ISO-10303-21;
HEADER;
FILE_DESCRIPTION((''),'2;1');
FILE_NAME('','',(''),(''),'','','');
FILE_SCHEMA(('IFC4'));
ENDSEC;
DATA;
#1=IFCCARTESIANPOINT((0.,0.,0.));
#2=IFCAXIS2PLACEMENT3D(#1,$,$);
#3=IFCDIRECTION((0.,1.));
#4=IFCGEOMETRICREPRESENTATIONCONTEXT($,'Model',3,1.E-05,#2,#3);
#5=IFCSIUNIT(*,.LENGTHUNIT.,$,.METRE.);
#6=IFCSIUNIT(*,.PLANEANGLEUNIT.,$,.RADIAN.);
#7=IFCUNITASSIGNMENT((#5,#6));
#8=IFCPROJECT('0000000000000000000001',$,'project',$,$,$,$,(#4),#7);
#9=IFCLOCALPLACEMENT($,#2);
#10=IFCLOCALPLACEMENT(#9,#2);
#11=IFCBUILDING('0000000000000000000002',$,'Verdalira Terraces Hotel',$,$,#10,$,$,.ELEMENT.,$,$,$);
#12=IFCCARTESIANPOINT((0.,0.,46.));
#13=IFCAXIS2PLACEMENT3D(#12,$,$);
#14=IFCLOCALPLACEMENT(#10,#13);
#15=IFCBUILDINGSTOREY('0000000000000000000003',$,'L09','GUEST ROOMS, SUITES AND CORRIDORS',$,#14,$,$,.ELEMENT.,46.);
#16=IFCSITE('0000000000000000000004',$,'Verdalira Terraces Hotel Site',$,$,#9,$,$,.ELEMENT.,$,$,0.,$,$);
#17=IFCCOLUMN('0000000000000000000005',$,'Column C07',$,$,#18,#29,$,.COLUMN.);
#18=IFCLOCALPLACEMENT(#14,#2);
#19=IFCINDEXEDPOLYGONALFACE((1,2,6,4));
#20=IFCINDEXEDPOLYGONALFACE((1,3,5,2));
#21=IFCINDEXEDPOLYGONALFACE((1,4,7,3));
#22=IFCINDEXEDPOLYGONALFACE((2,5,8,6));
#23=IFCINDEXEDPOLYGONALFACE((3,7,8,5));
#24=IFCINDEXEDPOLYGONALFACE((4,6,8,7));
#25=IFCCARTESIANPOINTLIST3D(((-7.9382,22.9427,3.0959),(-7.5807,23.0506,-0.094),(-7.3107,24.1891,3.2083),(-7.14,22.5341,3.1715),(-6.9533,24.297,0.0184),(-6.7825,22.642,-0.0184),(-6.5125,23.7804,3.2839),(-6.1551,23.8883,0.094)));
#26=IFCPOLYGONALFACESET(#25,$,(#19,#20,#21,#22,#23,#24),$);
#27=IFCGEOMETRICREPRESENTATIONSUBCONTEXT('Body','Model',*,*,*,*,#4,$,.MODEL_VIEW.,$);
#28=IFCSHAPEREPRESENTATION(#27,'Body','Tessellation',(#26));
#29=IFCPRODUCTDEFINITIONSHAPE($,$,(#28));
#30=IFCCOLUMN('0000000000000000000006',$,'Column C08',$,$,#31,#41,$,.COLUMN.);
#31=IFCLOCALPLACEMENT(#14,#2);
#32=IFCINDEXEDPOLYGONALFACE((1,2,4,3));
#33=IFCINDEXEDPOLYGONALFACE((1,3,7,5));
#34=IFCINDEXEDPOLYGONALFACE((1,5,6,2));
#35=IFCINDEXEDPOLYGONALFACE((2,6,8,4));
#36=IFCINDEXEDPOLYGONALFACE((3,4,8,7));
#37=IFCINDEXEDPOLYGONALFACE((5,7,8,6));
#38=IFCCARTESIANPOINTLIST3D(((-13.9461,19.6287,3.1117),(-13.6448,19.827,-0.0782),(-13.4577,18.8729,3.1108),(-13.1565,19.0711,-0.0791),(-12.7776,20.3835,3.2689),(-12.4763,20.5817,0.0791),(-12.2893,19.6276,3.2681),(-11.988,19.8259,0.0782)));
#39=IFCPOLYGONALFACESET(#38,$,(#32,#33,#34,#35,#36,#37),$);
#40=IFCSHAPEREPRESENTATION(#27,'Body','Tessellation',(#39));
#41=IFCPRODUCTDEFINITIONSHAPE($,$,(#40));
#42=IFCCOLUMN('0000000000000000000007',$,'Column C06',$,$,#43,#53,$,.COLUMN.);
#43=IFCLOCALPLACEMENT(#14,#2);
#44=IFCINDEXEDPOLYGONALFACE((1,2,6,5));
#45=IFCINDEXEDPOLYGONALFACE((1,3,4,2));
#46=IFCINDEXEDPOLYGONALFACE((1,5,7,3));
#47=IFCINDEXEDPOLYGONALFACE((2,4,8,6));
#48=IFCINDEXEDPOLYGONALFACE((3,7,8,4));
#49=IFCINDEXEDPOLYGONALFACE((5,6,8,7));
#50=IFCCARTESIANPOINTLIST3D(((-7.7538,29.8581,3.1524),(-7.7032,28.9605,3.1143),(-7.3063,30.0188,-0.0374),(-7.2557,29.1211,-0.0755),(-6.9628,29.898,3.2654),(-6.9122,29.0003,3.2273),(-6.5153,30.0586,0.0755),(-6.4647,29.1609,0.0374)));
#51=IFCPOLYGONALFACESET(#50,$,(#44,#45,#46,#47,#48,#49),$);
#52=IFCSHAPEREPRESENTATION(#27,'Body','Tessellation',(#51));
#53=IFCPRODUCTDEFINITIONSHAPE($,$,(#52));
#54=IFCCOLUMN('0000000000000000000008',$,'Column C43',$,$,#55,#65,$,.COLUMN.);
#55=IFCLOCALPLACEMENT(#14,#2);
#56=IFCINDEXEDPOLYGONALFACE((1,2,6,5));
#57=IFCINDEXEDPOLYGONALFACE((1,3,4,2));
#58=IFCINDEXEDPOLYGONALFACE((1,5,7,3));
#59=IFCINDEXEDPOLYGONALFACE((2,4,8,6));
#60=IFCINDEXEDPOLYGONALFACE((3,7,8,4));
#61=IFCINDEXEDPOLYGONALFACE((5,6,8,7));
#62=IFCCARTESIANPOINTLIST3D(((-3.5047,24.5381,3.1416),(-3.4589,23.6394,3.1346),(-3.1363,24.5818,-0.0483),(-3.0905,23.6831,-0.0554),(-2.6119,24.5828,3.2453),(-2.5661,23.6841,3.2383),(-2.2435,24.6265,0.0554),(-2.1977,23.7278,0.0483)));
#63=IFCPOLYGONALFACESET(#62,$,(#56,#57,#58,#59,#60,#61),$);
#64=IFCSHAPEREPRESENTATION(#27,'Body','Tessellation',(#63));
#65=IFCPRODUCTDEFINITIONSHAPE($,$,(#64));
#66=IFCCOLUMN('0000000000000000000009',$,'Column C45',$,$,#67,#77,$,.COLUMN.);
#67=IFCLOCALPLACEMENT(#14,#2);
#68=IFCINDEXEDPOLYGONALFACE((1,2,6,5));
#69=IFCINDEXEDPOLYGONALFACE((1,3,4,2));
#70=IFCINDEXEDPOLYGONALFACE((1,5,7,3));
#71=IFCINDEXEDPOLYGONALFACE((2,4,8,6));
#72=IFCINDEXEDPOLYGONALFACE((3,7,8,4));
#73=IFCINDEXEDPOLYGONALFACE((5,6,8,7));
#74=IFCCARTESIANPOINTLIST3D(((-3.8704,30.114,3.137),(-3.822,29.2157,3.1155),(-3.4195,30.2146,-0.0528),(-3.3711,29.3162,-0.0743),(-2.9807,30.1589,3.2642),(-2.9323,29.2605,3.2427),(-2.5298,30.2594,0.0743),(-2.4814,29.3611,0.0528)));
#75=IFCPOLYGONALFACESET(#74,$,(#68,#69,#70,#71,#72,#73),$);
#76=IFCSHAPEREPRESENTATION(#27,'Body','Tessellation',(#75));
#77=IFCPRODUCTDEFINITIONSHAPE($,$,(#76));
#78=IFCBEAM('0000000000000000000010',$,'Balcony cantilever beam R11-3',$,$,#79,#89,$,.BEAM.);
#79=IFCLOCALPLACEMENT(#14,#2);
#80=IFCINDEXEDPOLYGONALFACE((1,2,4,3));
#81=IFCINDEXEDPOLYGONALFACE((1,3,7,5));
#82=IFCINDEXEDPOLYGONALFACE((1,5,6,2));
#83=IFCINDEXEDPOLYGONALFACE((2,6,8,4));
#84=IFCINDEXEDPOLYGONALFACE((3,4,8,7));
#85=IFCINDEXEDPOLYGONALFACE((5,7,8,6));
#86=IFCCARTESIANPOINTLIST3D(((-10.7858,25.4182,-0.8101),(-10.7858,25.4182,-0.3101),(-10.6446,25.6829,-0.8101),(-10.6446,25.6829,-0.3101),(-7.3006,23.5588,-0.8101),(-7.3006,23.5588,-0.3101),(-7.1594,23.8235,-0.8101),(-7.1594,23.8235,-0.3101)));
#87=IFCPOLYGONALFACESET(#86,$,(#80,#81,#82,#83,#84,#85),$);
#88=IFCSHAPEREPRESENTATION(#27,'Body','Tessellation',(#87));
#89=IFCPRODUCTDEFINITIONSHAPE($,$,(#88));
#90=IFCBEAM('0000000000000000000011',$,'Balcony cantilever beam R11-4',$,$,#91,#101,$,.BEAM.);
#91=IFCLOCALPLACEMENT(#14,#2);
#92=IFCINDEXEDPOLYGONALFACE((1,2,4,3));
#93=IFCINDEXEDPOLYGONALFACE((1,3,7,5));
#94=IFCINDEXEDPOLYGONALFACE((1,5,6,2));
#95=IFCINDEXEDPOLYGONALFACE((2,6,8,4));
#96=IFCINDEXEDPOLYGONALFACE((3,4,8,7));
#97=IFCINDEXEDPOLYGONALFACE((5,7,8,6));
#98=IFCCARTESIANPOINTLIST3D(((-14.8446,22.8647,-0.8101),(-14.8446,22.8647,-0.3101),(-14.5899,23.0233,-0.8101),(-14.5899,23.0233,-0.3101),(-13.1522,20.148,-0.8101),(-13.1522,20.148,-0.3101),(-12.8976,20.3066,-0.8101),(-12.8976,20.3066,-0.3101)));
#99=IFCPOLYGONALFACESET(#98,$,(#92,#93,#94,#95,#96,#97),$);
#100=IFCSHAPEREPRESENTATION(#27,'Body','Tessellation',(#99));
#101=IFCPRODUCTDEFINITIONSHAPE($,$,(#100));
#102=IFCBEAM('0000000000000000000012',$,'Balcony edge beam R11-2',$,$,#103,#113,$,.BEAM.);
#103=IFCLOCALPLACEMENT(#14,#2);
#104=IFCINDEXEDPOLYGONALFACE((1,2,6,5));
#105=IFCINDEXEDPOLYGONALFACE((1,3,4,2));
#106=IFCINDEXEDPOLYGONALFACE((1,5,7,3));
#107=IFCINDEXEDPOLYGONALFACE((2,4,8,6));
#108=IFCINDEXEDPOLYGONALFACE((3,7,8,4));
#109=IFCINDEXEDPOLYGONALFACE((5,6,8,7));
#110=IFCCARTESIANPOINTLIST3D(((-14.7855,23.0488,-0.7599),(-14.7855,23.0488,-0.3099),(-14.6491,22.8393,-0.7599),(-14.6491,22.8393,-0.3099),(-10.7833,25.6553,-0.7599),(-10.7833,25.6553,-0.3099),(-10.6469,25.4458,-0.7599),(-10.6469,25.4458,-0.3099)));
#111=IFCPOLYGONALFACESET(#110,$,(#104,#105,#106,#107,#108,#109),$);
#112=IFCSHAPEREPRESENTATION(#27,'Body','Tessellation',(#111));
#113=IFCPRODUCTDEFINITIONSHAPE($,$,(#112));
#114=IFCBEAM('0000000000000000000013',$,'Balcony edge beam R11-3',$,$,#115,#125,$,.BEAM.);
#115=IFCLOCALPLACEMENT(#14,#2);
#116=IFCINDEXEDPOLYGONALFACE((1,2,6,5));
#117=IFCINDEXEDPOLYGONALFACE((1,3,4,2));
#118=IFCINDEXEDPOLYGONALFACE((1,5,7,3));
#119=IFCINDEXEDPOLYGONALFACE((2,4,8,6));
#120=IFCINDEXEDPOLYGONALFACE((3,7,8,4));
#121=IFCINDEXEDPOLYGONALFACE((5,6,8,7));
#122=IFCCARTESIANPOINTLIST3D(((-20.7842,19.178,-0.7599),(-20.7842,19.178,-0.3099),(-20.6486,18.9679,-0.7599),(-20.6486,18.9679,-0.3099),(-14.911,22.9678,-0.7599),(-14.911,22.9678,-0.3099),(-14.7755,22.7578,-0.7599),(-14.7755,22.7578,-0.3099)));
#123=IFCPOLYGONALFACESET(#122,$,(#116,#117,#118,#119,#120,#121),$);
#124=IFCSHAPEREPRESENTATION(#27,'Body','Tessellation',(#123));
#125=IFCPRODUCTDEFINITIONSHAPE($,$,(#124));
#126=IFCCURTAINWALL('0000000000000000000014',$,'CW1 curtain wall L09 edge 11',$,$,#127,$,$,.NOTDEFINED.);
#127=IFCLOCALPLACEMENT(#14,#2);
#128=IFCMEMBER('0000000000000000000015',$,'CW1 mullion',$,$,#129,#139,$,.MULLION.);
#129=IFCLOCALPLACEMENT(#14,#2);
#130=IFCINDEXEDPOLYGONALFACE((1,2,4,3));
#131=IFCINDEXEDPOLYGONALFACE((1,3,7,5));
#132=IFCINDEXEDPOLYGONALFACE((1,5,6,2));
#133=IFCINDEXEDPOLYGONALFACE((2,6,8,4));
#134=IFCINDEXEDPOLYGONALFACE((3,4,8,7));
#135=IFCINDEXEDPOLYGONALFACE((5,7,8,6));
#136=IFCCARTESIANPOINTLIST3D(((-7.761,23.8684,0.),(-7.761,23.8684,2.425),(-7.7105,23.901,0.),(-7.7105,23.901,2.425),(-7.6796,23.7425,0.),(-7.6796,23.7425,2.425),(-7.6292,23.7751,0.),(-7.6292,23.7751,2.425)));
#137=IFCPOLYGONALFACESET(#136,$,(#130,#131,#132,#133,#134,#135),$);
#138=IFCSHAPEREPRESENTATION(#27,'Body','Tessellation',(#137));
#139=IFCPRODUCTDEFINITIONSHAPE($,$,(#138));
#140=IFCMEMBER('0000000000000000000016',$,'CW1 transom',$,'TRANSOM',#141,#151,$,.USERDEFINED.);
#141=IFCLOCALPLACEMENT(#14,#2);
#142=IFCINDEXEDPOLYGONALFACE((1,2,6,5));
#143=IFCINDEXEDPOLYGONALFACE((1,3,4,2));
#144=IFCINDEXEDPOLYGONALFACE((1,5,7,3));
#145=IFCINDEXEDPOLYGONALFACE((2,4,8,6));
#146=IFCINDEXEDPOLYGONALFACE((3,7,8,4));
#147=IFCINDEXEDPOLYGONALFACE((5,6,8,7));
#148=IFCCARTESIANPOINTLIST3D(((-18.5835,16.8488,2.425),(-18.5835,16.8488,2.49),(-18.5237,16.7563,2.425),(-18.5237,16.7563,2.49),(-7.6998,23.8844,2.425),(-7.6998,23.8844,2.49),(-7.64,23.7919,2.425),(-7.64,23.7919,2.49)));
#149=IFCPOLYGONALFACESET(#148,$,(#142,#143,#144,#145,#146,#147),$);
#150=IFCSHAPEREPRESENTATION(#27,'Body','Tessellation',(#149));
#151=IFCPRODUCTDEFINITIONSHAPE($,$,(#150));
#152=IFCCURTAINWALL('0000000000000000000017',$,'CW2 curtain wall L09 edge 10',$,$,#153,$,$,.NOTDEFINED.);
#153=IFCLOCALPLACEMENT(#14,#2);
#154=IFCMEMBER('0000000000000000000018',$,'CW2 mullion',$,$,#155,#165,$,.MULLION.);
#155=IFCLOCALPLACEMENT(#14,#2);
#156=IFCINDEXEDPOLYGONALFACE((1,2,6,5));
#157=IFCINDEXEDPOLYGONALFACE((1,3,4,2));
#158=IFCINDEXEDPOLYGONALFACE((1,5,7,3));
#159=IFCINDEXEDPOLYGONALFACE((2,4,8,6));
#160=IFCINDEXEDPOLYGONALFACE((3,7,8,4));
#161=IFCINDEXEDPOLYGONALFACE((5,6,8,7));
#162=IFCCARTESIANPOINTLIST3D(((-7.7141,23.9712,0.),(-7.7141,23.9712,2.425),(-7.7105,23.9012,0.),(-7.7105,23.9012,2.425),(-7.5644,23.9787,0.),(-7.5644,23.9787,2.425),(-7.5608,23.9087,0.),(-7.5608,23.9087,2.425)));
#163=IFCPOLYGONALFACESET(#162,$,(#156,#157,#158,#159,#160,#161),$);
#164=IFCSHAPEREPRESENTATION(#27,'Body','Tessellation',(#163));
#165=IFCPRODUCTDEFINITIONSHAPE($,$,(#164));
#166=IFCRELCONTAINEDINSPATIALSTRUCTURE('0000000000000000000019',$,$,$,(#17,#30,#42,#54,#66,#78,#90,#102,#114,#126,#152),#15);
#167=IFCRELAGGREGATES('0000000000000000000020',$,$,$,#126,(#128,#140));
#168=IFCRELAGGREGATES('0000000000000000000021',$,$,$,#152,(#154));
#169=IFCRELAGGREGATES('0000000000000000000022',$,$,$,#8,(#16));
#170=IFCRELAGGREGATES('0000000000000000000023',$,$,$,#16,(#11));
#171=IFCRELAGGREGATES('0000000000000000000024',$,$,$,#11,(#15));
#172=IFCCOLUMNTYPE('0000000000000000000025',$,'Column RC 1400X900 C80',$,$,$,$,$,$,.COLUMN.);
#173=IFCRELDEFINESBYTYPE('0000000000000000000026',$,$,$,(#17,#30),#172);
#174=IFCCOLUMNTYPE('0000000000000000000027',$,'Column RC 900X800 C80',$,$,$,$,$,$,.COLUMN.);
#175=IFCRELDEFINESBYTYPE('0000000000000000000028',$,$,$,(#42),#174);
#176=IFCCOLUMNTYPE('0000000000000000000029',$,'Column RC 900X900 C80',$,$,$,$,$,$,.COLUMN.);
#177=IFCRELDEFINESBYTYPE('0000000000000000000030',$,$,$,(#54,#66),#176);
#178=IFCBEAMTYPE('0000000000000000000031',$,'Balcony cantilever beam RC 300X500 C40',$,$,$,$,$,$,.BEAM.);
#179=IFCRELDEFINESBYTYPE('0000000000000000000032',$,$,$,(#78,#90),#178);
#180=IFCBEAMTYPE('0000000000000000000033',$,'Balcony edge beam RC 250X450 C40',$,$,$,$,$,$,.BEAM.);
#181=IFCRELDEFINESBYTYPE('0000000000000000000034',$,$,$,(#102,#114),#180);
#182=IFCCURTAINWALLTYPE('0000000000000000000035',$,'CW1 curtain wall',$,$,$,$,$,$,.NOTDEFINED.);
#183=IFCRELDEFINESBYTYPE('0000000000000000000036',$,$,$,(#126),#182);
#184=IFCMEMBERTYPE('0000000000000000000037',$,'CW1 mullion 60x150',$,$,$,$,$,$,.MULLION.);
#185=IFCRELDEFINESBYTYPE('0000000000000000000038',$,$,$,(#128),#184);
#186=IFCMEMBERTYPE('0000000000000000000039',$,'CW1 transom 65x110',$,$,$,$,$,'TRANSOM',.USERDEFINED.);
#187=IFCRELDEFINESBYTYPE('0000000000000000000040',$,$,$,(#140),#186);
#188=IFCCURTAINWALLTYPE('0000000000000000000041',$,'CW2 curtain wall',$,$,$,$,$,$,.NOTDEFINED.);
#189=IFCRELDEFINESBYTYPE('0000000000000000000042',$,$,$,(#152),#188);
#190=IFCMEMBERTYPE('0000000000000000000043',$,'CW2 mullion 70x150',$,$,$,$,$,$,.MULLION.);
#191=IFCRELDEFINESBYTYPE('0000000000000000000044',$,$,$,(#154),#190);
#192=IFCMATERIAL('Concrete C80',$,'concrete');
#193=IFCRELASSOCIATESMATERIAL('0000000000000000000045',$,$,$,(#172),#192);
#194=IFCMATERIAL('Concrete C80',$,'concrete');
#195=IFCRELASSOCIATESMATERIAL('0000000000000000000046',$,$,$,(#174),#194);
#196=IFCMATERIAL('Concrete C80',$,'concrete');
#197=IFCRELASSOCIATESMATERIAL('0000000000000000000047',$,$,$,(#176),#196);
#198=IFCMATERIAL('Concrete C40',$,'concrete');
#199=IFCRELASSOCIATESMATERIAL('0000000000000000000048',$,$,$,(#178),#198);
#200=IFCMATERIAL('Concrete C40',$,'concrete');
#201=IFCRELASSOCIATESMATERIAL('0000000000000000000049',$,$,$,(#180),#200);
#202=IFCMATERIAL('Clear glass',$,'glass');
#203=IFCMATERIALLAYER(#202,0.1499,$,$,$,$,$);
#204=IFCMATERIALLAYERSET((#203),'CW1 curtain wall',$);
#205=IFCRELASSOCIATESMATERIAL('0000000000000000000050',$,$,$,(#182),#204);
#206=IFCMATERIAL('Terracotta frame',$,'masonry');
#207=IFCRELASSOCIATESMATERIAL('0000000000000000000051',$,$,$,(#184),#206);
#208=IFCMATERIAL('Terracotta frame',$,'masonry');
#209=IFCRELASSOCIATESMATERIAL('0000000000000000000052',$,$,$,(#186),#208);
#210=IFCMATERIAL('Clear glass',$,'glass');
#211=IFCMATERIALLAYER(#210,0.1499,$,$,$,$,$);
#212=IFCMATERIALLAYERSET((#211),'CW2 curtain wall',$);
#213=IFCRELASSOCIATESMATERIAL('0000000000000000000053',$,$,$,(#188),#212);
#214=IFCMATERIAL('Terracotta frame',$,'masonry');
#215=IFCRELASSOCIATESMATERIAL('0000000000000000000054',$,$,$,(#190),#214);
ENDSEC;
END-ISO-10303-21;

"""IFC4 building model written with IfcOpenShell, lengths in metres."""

from ifc_helpers import new_model, si_unit, direction, frame, origin, origin_2d, place, context, subcontext, project, spatial, rectangle, extrude, material, layer, layer_set, material_profile, profile_set, type_object, element, aggregate, save


model = new_model("IFC4")

# Units and contexts
model_context = context("Model", 3, precision=1e-05, world=origin(), true_north=direction((0.0, 1.0)))
body_context = subcontext(model_context, "Body", "Model", "MODEL_VIEW")
ifc_project = project(units=[si_unit("LENGTHUNIT", "METRE"), si_unit("PLANEANGLEUNIT", "RADIAN")], contexts=[model_context])

# Site, building, storey
site_placement = place(None, origin())
site = spatial("IfcSite", under=ifc_project, at=site_placement, Name="Verdalira Terraces Hotel Site", CompositionType="ELEMENT", RefElevation=0.0)
building_placement = place(site_placement, origin())
building = spatial("IfcBuilding", under=site, at=building_placement, Name="Verdalira Terraces Hotel", CompositionType="ELEMENT")
storey_placement = place(building_placement, frame((0.0, 0.0, 46.0)))
storey = spatial("IfcBuildingStorey", under=building, at=storey_placement, Name="L09", Description="GUEST ROOMS, SUITES AND CORRIDORS", CompositionType="ELEMENT", Elevation=46.0)

# Columns
ifc_material_1 = material(Name="Concrete C80", Category="concrete")
ifc_material_profile_1 = material_profile(ifc_material_1, rectangle(XDim=1.3999, YDim=0.8999, at=origin_2d()), Name="RC 1400X900")
ifc_profile_set_1 = profile_set([ifc_material_profile_1], Name="Concrete C80")
column_type_1 = type_object("IfcColumnType", Name="Column RC 1400X900 C80", PredefinedType="COLUMN", material=ifc_profile_set_1)
column_1_placement = place(storey_placement, frame((-6.8679, 23.4695, 0.0), z_axis=(-0.111287, -0.033599, 0.99322), x_axis=(0.448207, 0.890312, 0.080338)))
element("IfcColumn", 1, at=column_1_placement, inside=storey, type_object=column_type_1, Name="Column C07", PredefinedType="COLUMN", context=body_context, shape_type="SweptSolid", body=[
    extrude(rectangle(XDim=1.3999, YDim=0.8999, at=origin_2d()), origin(), (0.0, 0.0, 1.0), 3.2117),
])
column_2_placement = place(storey_placement, frame((-12.8164, 19.8264, 0.0), z_axis=(-0.093846, -0.061753, 0.99367), x_axis=(-0.834685, -0.539149, -0.112337)))
element("IfcColumn", 2, at=column_2_placement, inside=storey, type_object=column_type_1, Name="Column C08", PredefinedType="COLUMN", context=body_context, shape_type="SweptSolid", body=[
    extrude(rectangle(XDim=1.3999, YDim=0.8999, at=origin_2d()), origin(), (0.0, 0.0, 1.0), 3.2102),
])
ifc_material_2 = material(Name="Concrete C80", Category="concrete")
ifc_material_profile_2 = material_profile(ifc_material_2, rectangle(XDim=0.8999, YDim=0.8, at=origin_2d()), Name="RC 900X800")
ifc_profile_set_2 = profile_set([ifc_material_profile_2], Name="Concrete C80")
column_type_2 = type_object("IfcColumnType", Name="Column RC 900X800 C80", PredefinedType="COLUMN", material=ifc_profile_set_2)
column_3_placement = place(storey_placement, frame((-6.8855, 29.5898, 0.0), z_axis=(-0.138755, -0.049809, 0.989073), x_axis=(0.056277, -0.997517, -0.04234)))
element("IfcColumn", 3, at=column_3_placement, inside=storey, type_object=column_type_2, Name="Column C06", PredefinedType="COLUMN", context=body_context, shape_type="SweptSolid", body=[
    extrude(rectangle(XDim=0.8999, YDim=0.8, at=origin_2d()), origin(), (0.0, 0.0, 1.0), 3.2251),
])
ifc_material_3 = material(Name="Concrete C80", Category="concrete")
ifc_material_profile_3 = material_profile(ifc_material_3, rectangle(XDim=0.8999, YDim=0.8999, at=origin_2d()), Name="RC 900X900")
ifc_profile_set_3 = profile_set([ifc_material_profile_3], Name="Concrete C80")
column_type_3 = type_object("IfcColumnType", Name="Column RC 900X900 C80", PredefinedType="COLUMN", material=ifc_profile_set_3)
column_4_placement = place(storey_placement, frame((-2.667, 24.1548, 0.0), z_axis=(-0.114717, -0.013608, 0.993305), x_axis=(-0.050873, 0.998675, 0.007806)))
element("IfcColumn", 4, at=column_4_placement, inside=storey, type_object=column_type_3, Name="Column C43", PredefinedType="COLUMN", context=body_context, shape_type="SweptSolid", body=[
    extrude(rectangle(XDim=0.8999, YDim=0.8999, at=origin_2d()), origin(), (0.0, 0.0, 1.0), 3.2114),
])
column_5_placement = place(storey_placement, frame((-2.9504, 29.7878, 0.0), z_axis=(-0.1399, -0.031207, 0.989674), x_axis=(-0.053752, 0.998269, 0.023879)))
element("IfcColumn", 5, at=column_5_placement, inside=storey, type_object=column_type_3, Name="Column C45", PredefinedType="COLUMN", context=body_context, shape_type="SweptSolid", body=[
    extrude(rectangle(XDim=0.8999, YDim=0.8999, at=origin_2d()), origin(), (0.0, 0.0, 1.0), 3.2231),
])

# Beams
ifc_material_4 = material(Name="Concrete C40", Category="concrete")
ifc_material_profile_4 = material_profile(ifc_material_4, rectangle(XDim=0.3, YDim=0.5, at=origin_2d()), Name="RC 300X500")
ifc_profile_set_4 = profile_set([ifc_material_profile_4], Name="Concrete C40")
beam_type_1 = type_object("IfcBeamType", Name="Balcony cantilever beam RC 300X500 C40", PredefinedType="BEAM", material=ifc_profile_set_4)
beam_1_placement = place(storey_placement, frame((-7.23, 23.6912, -0.5601), z_axis=(-0.882284, 0.470717, 0.0), x_axis=(-0.470717, -0.882284, 0.0)))
element("IfcBeam", 6, at=beam_1_placement, inside=storey, type_object=beam_type_1, Name="Balcony cantilever beam R11-3", PredefinedType="BEAM", context=body_context, shape_type="SweptSolid", body=[
    extrude(rectangle(XDim=0.3, YDim=0.5, at=origin_2d()), origin(), (0.0, 0.0, 1.0), 3.9502),
])
beam_2_placement = place(storey_placement, frame((-13.0249, 20.2273, -0.5601), z_axis=(-0.528737, 0.848786, 0.0), x_axis=(-0.848786, -0.528737, 0.0)))
element("IfcBeam", 7, at=beam_2_placement, inside=storey, type_object=beam_type_1, Name="Balcony cantilever beam R11-4", PredefinedType="BEAM", context=body_context, shape_type="SweptSolid", body=[
    extrude(rectangle(XDim=0.3, YDim=0.5, at=origin_2d()), origin(), (0.0, 0.0, 1.0), 3.2007),
])
ifc_material_5 = material(Name="Concrete C40", Category="concrete")
ifc_material_profile_5 = material_profile(ifc_material_5, rectangle(XDim=0.25, YDim=0.45, at=origin_2d()), Name="RC 250X450")
ifc_profile_set_5 = profile_set([ifc_material_profile_5], Name="Concrete C40")
beam_type_2 = type_object("IfcBeamType", Name="Balcony edge beam RC 250X450 C40", PredefinedType="BEAM", material=ifc_profile_set_5)
beam_3_placement = place(storey_placement, frame((-10.7151, 25.5505, -0.5349), z_axis=(-0.837963, -0.545727, 0.0), x_axis=(0.545727, -0.837963, 0.0)))
element("IfcBeam", 8, at=beam_3_placement, inside=storey, type_object=beam_type_2, Name="Balcony edge beam R11-2", PredefinedType="BEAM", context=body_context, shape_type="SweptSolid", body=[
    extrude(rectangle(XDim=0.25, YDim=0.45, at=origin_2d()), origin(), (0.0, 0.0, 1.0), 4.7761),
])
beam_4_placement = place(storey_placement, frame((-14.8433, 22.8628, -0.5349), z_axis=(-0.840249, -0.542201, 0.0), x_axis=(0.542201, -0.840249, 0.0)))
element("IfcBeam", 9, at=beam_4_placement, inside=storey, type_object=beam_type_2, Name="Balcony edge beam R11-3", PredefinedType="BEAM", context=body_context, shape_type="SweptSolid", body=[
    extrude(rectangle(XDim=0.25, YDim=0.45, at=origin_2d()), origin(), (0.0, 0.0, 1.0), 6.9897),
])

# Curtain walls, members
ifc_material_6 = material(Name="Clear glass", Category="glass")
ifc_layer_1 = layer(ifc_material_6, 0.1499)
ifc_layer_set_1 = layer_set([ifc_layer_1], Name="CW1 curtain wall")
curtain_wall_type_1 = type_object("IfcCurtainWallType", Name="CW1 curtain wall", PredefinedType="NOTDEFINED", material=ifc_layer_set_1)
curtain_wall_1_placement = place(storey_placement, origin())
curtain_wall_1 = element("IfcCurtainWall", 10, at=curtain_wall_1_placement, inside=storey, type_object=curtain_wall_type_1, Name="CW1 curtain wall L09 edge 11", PredefinedType="NOTDEFINED")
ifc_material_7 = material(Name="Terracotta frame", Category="masonry")
ifc_material_profile_6 = material_profile(ifc_material_7, rectangle(XDim=0.0601, YDim=0.1499, at=origin_2d()), Name="MU 60x150")
ifc_profile_set_6 = profile_set([ifc_material_profile_6], Name="Terracotta frame")
member_type_1 = type_object("IfcMemberType", Name="CW1 mullion 60x150", PredefinedType="MULLION", material=ifc_profile_set_6)
member_1_placement = place(storey_placement, frame((-7.6951, 23.8218, 0.0), z_axis=(0.0, 0.0, 1.0), x_axis=(-0.839809, -0.542881, 0.0)))
member_1 = element("IfcMember", 11, at=member_1_placement, type_object=member_type_1, Name="CW1 mullion", PredefinedType="MULLION", context=body_context, shape_type="SweptSolid", body=[
    extrude(rectangle(XDim=0.0601, YDim=0.1499, at=origin_2d()), origin(), (0.0, 0.0, 1.0), 2.425),
])
ifc_material_8 = material(Name="Terracotta frame", Category="masonry")
ifc_material_profile_7 = material_profile(ifc_material_8, rectangle(XDim=0.1101, YDim=0.0649, at=origin_2d()), Name="TR 65x110")
ifc_profile_set_7 = profile_set([ifc_material_profile_7], Name="Terracotta frame")
member_type_2 = type_object("IfcMemberType", Name="CW1 transom 65x110", ElementType="TRANSOM", PredefinedType="USERDEFINED", material=ifc_profile_set_7)
member_2_placement = place(storey_placement, frame((-7.6699, 23.8381, 2.4575), z_axis=(-0.83981, -0.542881, 0.0), x_axis=(0.542881, -0.83981, 0.0)))
member_2 = element("IfcMember", 12, at=member_2_placement, type_object=member_type_2, Name="CW1 transom", ObjectType="TRANSOM", PredefinedType="USERDEFINED", context=body_context, shape_type="SweptSolid", body=[
    extrude(rectangle(XDim=0.1101, YDim=0.0649, at=origin_2d()), origin(), (0.0, 0.0, 1.0), 12.9597),
])
ifc_material_9 = material(Name="Clear glass", Category="glass")
ifc_layer_2 = layer(ifc_material_9, 0.1499)
ifc_layer_set_2 = layer_set([ifc_layer_2], Name="CW2 curtain wall")
curtain_wall_type_2 = type_object("IfcCurtainWallType", Name="CW2 curtain wall", PredefinedType="NOTDEFINED", material=ifc_layer_set_2)
curtain_wall_2_placement = place(storey_placement, origin())
curtain_wall_2 = element("IfcCurtainWall", 13, at=curtain_wall_2_placement, inside=storey, type_object=curtain_wall_type_2, Name="CW2 curtain wall L09 edge 10", PredefinedType="NOTDEFINED")
ifc_material_10 = material(Name="Terracotta frame", Category="masonry")
ifc_material_profile_8 = material_profile(ifc_material_10, rectangle(XDim=0.0701, YDim=0.1499, at=origin_2d()), Name="MU 70x150")
ifc_profile_set_8 = profile_set([ifc_material_profile_8], Name="Terracotta frame")
member_type_3 = type_object("IfcMemberType", Name="CW2 mullion 70x150", PredefinedType="MULLION", material=ifc_profile_set_8)
member_3_placement = place(storey_placement, frame((-7.6375, 23.9399, 0.0), z_axis=(0.0, 0.0, 1.0), x_axis=(0.050244, -0.998737, 0.0)))
member_3 = element("IfcMember", 14, at=member_3_placement, type_object=member_type_3, Name="CW2 mullion", PredefinedType="MULLION", context=body_context, shape_type="SweptSolid", body=[
    extrude(rectangle(XDim=0.0701, YDim=0.1499, at=origin_2d()), origin(), (0.0, 0.0, 1.0), 2.425),
])

aggregate(curtain_wall_1, [member_1, member_2])
aggregate(curtain_wall_2, [member_3])

save(model, "model.ifc")
